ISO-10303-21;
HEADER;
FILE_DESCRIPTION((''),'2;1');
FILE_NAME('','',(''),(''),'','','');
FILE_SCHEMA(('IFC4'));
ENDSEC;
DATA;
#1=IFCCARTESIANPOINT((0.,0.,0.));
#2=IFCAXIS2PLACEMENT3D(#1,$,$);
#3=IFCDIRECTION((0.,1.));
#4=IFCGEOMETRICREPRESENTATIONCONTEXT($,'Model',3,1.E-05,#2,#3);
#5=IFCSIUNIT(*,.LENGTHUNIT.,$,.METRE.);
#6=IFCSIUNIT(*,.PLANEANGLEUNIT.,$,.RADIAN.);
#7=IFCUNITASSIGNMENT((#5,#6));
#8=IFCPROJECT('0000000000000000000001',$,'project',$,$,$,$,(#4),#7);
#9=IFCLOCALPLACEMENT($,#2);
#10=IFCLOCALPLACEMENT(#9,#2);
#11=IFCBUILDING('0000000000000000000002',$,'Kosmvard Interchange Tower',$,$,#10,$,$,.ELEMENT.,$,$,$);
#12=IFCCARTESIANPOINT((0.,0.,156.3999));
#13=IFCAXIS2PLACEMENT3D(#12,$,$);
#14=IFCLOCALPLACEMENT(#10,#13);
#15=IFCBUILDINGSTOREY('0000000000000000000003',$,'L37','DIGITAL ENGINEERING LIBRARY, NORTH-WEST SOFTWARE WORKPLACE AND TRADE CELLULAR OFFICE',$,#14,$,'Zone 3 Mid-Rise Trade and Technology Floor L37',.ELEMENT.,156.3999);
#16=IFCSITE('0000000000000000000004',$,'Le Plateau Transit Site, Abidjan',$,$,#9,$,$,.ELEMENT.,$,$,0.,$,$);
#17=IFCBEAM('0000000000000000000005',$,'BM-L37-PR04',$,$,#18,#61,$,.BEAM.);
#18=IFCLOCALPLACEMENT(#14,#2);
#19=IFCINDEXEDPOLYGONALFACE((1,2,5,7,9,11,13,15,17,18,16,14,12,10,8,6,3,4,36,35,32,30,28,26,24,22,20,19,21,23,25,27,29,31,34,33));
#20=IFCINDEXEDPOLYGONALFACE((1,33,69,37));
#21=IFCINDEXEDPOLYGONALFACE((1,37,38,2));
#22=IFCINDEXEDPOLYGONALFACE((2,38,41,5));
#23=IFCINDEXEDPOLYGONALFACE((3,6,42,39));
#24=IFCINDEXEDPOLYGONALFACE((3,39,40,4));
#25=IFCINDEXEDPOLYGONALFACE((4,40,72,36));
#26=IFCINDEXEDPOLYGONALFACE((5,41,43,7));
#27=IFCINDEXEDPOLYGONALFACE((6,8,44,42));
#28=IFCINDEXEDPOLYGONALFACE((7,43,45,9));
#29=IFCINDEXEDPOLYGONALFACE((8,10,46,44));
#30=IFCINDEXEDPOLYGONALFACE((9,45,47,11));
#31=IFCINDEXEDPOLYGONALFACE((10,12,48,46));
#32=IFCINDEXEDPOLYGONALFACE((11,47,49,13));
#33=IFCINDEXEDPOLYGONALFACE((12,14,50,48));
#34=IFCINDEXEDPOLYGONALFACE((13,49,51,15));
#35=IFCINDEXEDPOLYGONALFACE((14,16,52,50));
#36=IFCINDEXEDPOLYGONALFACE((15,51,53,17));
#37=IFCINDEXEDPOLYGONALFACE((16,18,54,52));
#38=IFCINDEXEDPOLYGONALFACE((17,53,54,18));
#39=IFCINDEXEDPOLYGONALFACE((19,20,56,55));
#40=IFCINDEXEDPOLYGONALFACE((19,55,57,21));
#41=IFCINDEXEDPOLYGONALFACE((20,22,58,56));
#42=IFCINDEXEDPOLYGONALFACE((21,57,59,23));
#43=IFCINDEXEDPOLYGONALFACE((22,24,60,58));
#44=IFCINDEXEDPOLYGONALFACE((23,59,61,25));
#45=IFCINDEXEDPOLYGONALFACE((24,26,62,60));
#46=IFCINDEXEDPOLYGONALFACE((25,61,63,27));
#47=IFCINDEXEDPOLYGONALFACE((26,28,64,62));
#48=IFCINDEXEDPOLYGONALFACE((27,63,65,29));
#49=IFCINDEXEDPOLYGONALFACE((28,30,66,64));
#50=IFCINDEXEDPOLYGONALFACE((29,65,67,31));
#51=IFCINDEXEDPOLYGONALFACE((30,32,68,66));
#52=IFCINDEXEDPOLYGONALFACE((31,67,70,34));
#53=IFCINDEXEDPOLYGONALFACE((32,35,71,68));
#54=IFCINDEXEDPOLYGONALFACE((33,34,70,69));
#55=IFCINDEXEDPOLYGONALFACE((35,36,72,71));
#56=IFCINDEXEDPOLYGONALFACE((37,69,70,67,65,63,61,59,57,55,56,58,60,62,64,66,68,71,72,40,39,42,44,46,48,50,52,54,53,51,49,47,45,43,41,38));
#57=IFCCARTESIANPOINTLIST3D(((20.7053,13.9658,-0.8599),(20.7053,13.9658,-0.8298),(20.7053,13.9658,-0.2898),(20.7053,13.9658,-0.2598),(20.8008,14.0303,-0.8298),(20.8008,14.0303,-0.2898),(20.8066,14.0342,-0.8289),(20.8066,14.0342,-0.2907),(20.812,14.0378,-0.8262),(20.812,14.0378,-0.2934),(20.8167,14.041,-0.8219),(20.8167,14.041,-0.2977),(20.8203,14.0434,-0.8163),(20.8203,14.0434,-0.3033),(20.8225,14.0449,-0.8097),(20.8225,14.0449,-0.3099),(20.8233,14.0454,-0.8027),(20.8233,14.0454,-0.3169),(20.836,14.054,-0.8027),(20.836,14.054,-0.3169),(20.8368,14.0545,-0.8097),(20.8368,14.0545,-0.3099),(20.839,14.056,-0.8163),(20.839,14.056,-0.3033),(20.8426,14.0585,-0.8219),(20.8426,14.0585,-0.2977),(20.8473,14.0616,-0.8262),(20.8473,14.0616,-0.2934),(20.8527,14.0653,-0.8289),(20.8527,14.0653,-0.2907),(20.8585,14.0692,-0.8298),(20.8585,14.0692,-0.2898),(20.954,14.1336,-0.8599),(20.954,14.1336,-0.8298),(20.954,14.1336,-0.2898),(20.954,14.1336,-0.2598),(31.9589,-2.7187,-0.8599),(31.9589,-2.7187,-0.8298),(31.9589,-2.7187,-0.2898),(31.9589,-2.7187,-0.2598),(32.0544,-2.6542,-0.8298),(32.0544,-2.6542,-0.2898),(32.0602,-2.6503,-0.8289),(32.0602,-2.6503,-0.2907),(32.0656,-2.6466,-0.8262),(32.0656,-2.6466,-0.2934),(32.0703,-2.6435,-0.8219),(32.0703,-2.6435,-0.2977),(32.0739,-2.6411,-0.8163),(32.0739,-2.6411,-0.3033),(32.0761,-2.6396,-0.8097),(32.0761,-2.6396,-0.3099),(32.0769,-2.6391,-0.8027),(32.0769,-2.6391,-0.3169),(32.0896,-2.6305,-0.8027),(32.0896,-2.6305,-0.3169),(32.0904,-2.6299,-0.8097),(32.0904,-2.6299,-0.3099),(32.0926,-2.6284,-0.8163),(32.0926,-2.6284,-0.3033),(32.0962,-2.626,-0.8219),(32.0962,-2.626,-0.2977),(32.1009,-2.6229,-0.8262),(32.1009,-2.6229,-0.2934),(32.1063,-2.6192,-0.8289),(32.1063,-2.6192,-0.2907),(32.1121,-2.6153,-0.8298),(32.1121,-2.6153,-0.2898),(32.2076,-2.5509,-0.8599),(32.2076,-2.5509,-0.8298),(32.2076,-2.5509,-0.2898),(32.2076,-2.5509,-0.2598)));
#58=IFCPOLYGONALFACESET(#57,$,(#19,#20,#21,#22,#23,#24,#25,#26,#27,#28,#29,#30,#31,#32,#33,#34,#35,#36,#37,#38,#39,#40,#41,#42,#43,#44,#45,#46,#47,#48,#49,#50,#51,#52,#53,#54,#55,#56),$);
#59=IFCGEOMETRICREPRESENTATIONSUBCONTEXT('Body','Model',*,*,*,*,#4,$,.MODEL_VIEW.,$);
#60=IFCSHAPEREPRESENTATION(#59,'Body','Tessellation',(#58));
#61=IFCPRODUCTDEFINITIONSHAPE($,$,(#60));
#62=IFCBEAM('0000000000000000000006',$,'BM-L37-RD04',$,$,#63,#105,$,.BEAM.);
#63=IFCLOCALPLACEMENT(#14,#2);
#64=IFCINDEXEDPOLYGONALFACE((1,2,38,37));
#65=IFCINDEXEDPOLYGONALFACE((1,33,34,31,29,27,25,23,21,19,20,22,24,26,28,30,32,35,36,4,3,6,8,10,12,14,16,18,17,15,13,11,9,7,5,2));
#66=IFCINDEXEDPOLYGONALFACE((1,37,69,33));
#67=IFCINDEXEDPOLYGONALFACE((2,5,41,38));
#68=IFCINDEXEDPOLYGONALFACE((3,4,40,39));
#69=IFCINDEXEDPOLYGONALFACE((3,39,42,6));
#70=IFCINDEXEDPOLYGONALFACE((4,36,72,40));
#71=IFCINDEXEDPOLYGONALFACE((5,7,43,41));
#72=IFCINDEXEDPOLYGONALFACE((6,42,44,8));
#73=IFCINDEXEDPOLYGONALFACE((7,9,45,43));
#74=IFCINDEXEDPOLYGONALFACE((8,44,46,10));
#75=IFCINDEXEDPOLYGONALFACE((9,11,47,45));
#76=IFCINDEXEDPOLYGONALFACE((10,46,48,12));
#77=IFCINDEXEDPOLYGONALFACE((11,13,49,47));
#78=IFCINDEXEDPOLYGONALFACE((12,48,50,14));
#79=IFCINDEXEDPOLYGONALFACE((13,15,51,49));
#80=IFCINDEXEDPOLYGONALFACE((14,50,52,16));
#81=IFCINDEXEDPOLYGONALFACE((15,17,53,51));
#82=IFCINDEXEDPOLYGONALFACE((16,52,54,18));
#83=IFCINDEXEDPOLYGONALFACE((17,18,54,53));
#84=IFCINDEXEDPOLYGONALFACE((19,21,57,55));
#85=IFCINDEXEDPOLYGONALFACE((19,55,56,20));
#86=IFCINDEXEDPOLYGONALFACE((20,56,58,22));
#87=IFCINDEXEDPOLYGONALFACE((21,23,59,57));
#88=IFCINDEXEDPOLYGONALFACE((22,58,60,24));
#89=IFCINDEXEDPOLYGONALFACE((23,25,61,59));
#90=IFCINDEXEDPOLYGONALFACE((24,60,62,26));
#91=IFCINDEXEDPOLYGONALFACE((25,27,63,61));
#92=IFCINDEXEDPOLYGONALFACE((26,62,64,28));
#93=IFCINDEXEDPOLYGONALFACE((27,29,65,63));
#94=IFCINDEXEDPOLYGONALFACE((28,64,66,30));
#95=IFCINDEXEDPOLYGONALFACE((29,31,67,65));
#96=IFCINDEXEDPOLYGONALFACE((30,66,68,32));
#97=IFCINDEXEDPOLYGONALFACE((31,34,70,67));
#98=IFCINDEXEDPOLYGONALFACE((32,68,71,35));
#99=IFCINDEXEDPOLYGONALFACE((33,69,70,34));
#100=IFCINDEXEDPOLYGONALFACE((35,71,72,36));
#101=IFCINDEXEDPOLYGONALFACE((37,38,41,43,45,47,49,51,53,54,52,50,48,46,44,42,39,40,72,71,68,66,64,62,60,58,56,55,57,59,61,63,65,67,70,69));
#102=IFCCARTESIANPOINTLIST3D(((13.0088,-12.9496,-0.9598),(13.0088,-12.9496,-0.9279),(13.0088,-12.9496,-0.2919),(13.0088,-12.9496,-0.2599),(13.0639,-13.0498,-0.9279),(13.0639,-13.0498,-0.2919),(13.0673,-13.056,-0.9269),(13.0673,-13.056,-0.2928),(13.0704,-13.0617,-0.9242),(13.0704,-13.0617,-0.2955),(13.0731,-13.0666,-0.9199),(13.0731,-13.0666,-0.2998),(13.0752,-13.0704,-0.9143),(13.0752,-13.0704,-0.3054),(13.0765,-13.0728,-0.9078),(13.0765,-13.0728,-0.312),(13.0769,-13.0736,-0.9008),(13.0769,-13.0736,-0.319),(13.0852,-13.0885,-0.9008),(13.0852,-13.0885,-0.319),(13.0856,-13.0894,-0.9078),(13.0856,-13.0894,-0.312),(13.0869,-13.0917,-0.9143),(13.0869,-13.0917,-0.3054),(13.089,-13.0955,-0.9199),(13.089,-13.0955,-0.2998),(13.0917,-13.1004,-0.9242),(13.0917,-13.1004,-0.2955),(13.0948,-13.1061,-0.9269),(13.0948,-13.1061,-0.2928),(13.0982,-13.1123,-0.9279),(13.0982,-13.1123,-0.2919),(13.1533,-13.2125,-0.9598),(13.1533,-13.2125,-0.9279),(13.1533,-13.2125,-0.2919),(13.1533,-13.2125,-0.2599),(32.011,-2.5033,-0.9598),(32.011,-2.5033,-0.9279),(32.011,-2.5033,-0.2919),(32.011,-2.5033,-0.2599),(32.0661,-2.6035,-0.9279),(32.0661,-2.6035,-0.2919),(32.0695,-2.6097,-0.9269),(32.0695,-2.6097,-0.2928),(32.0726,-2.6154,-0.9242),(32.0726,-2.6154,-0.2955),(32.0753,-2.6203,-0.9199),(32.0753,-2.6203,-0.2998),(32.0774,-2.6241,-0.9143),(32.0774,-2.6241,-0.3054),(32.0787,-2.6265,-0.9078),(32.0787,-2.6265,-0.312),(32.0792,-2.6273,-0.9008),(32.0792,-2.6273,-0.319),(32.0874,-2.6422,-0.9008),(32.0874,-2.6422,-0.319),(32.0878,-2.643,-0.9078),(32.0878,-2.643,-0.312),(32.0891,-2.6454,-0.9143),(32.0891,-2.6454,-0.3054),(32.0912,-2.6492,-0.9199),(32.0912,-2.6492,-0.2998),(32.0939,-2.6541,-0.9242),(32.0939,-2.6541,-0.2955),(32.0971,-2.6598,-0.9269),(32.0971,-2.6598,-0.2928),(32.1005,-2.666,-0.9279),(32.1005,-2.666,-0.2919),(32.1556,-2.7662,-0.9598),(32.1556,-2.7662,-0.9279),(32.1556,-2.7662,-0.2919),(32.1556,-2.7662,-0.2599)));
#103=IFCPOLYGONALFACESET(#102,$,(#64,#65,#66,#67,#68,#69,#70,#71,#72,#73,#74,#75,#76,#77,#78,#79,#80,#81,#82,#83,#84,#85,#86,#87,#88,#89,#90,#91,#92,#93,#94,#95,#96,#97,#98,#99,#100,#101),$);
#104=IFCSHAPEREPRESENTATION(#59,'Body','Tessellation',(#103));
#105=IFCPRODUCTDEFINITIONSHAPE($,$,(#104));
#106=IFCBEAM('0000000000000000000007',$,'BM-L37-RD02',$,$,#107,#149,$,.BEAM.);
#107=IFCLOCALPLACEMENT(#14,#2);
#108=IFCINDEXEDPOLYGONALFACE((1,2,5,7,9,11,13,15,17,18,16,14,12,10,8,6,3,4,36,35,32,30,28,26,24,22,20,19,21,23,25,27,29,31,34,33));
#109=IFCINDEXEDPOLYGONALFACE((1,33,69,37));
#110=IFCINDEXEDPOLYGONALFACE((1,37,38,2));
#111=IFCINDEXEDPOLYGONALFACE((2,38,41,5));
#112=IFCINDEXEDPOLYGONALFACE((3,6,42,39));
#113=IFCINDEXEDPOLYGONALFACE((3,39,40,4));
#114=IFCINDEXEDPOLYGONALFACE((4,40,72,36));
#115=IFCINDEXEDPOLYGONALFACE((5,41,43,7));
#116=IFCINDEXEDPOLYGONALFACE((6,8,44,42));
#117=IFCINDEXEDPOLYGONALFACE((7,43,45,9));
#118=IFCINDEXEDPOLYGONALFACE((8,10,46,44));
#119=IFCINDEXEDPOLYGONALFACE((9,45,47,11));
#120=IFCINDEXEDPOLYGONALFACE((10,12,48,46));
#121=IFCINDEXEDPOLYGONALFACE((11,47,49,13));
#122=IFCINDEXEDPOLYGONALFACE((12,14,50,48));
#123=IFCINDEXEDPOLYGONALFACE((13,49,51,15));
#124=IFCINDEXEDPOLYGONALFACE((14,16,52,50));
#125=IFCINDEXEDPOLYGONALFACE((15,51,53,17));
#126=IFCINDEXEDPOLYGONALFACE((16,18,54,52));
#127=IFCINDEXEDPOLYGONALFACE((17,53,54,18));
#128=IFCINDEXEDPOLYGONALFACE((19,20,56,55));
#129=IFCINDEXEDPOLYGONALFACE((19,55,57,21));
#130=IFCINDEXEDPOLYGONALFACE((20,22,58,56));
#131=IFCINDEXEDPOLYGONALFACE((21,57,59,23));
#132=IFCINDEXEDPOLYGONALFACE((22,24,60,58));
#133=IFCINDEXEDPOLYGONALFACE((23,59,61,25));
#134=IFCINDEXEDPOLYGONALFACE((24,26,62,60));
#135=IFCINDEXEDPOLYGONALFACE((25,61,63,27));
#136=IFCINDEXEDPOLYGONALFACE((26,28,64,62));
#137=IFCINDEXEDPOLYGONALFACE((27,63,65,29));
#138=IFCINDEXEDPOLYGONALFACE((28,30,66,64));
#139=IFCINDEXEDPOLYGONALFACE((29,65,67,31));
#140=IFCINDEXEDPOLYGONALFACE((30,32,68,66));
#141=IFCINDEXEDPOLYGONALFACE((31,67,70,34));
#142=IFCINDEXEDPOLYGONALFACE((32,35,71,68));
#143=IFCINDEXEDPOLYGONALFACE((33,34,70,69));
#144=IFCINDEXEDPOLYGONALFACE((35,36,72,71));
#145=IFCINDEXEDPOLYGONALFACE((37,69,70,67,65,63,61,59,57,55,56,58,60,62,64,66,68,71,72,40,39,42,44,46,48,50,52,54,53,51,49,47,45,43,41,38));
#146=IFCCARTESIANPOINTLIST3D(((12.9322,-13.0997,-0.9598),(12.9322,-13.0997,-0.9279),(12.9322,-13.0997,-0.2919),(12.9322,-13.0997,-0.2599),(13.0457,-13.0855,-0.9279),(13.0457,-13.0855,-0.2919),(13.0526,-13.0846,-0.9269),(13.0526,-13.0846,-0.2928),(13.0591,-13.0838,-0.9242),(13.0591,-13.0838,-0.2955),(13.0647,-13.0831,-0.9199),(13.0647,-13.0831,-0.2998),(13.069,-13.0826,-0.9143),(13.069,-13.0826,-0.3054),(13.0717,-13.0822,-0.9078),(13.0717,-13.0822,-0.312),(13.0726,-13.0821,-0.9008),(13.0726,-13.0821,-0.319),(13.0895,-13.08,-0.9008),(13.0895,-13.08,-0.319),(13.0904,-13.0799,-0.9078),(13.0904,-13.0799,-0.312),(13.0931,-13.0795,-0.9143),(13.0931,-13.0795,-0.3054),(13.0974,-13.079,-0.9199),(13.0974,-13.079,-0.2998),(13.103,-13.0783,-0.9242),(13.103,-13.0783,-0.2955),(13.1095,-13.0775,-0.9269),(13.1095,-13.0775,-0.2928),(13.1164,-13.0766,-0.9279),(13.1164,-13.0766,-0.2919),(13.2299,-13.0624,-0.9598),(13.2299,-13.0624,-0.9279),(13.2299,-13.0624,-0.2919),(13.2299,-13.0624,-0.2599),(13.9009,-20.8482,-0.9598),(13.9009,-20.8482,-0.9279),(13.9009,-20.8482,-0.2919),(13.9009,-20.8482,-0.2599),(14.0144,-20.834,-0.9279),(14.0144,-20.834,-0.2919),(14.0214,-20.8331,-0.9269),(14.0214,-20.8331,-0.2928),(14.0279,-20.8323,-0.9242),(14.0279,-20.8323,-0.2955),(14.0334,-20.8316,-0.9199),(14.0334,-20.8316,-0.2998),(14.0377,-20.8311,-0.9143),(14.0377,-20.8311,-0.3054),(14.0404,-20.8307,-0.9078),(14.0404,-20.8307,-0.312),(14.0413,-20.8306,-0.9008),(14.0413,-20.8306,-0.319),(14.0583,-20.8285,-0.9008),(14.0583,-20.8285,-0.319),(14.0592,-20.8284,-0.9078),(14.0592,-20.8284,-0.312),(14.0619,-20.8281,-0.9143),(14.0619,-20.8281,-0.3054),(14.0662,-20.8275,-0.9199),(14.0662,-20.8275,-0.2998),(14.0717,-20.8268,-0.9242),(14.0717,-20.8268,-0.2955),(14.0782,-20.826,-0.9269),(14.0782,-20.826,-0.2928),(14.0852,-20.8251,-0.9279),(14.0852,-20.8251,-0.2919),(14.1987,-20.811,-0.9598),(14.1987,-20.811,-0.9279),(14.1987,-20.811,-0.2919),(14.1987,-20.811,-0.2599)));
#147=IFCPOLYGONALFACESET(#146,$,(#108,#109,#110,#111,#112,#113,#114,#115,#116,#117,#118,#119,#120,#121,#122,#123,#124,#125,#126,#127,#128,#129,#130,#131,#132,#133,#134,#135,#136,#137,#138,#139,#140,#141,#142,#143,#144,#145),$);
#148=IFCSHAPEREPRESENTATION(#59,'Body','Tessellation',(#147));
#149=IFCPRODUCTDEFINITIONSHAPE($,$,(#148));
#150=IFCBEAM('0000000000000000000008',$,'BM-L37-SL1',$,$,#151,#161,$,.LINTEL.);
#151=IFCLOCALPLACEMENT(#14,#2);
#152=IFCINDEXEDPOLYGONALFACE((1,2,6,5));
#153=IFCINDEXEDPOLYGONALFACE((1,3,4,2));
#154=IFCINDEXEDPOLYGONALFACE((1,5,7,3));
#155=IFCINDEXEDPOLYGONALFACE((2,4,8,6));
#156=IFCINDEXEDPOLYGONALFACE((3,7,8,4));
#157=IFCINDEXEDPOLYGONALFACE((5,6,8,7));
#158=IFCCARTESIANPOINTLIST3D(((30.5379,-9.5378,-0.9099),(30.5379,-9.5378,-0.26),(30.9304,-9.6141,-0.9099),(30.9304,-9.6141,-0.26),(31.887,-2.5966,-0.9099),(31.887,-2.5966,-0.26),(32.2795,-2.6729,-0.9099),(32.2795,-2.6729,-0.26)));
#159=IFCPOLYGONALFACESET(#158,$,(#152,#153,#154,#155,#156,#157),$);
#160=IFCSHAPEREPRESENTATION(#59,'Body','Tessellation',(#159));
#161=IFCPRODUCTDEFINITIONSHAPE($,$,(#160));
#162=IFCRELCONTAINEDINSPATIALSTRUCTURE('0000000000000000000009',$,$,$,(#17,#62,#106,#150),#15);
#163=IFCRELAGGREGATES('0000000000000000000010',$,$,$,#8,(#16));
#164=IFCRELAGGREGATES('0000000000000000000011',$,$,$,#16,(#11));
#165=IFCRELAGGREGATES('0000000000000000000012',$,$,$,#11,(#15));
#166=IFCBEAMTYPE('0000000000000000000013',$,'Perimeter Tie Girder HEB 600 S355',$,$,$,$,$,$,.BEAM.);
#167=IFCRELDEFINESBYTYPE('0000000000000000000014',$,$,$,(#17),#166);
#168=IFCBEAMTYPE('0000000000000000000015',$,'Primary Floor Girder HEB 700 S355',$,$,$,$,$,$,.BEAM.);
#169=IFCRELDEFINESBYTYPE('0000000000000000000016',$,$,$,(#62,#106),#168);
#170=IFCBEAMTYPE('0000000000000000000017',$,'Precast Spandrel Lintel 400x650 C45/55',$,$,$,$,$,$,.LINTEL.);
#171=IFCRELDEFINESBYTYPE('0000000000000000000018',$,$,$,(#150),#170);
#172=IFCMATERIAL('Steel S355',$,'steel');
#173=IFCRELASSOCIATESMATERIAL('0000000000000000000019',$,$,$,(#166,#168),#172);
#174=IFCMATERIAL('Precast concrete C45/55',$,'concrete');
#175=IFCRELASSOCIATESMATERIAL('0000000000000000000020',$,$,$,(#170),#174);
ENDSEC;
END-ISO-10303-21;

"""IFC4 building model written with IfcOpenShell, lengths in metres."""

from ifc_helpers import new_model, si_unit, direction, frame, origin, origin_2d, place, context, subcontext, project, spatial, rectangle, i_section, extrude, source, transform, mapped, material, material_profile, profile_set, type_object, element, save


model = new_model("IFC4")

# Units and contexts
model_context = context("Model", 3, precision=1e-05, world=origin(), true_north=direction((0.0, 1.0)))
body_context = subcontext(model_context, "Body", "Model", "MODEL_VIEW")
ifc_project = project(units=[si_unit("LENGTHUNIT", "METRE"), si_unit("PLANEANGLEUNIT", "RADIAN")], contexts=[model_context])

# Site, building, storey
site_placement = place(None, origin())
site = spatial("IfcSite", under=ifc_project, at=site_placement, Name="Le Plateau Transit Site, Abidjan", CompositionType="ELEMENT", RefElevation=0.0)
building_placement = place(site_placement, origin())
building = spatial("IfcBuilding", under=site, at=building_placement, Name="Kosmvard Interchange Tower", CompositionType="ELEMENT")
storey_placement = place(building_placement, frame((0.0, 0.0, 156.3999)))
storey = spatial("IfcBuildingStorey", under=building, at=storey_placement, Name="L37", Description="DIGITAL ENGINEERING LIBRARY, NORTH-WEST SOFTWARE WORKPLACE AND TRADE CELLULAR OFFICE", LongName="Zone 3 Mid-Rise Trade and Technology Floor L37", CompositionType="ELEMENT", Elevation=156.3999)

# Beams
ifc_material_1 = material(Name="Steel S355", Category="steel")
ifc_material_profile_1 = material_profile(ifc_material_1, i_section(OverallWidth=0.3, OverallDepth=0.6001, WebThickness=0.0154, FlangeThickness=0.03, FilletRadius=0.0271, at=origin_2d()), Name="HEB 600")
ifc_profile_set_1 = profile_set([ifc_material_profile_1], Name="Steel S355")
beam_type_1 = type_object("IfcBeamType", Name="Perimeter Tie Girder HEB 600 S355", PredefinedType="BEAM", material=ifc_profile_set_1)
shared_shape_1 = source(origin(), body_context, "Body", "SweptSolid", [
    extrude(i_section(OverallWidth=0.3, OverallDepth=0.6001, WebThickness=0.0154, FlangeThickness=0.03, FilletRadius=0.0271, at=origin_2d()), origin(), (0.0, 0.0, 1.0), 20.125),
])
for number, where, z_axis, x_axis, name in (
    (1, (32.0833, -2.6348, -0.5598), (-0.559185, 0.829043, 0.0), (-0.829043, -0.559185, 0.0), "BM-L37-PR04"),
):
    element("IfcBeam", number, at=place(storey_placement, frame(where, z_axis=z_axis, x_axis=x_axis)), inside=storey, type_object=beam_type_1, Name=name, PredefinedType="BEAM", context=body_context, shape_type="MappedRepresentation", body=[
        mapped(shared_shape_1, transform((0.0, 0.0, 0.0), scale=1.0)),
    ])
ifc_material_profile_2 = material_profile(ifc_material_1, i_section(OverallWidth=0.3, OverallDepth=0.7, WebThickness=0.0171, FlangeThickness=0.032, FilletRadius=0.0271, at=origin_2d()), Name="HEB 700")
ifc_profile_set_2 = profile_set([ifc_material_profile_2], Name="Steel S355")
beam_type_2 = type_object("IfcBeamType", Name="Primary Floor Girder HEB 700 S355", PredefinedType="BEAM", material=ifc_profile_set_2)
shared_shape_2 = source(origin(), body_context, "Body", "SweptSolid", [
    extrude(i_section(OverallWidth=0.3, OverallDepth=0.7, WebThickness=0.0171, FlangeThickness=0.032, FilletRadius=0.0271, at=origin_2d()), origin(), (0.0, 0.0, 1.0), 21.6843),
])
beam_1_placement = place(storey_placement, frame((13.0811, -13.0811, -0.6099), z_axis=(0.876312, 0.481745, 0.0), x_axis=(-0.481745, 0.876312, 0.0)))
element("IfcBeam", 2, at=beam_1_placement, inside=storey, type_object=beam_type_2, Name="BM-L37-RD04", PredefinedType="BEAM", context=body_context, shape_type="MappedRepresentation", body=[
    mapped(shared_shape_2, transform((0.0, 0.0, 0.0), scale=1.0)),
])
shared_shape_3 = source(origin(), body_context, "Body", "SweptSolid", [
    extrude(i_section(OverallWidth=0.3, OverallDepth=0.7, WebThickness=0.0171, FlangeThickness=0.032, FilletRadius=0.0271, at=origin_2d()), origin(), (0.0, 0.0, 1.0), 7.8088),
])
beam_2_placement = place(storey_placement, frame((13.0811, -13.0811, -0.6099), z_axis=(0.124058, -0.992275, 0.0), x_axis=(0.992275, 0.124058, 0.0)))
element("IfcBeam", 3, at=beam_2_placement, inside=storey, type_object=beam_type_2, Name="BM-L37-RD02", PredefinedType="BEAM", context=body_context, shape_type="MappedRepresentation", body=[
    mapped(shared_shape_3, transform((0.0, 0.0, 0.0), scale=1.0)),
])
ifc_material_2 = material(Name="Precast concrete C45/55", Category="concrete")
ifc_material_profile_3 = material_profile(ifc_material_2, rectangle(XDim=0.3999, YDim=0.6499, at=origin_2d()), Name="SL 400x650")
ifc_profile_set_3 = profile_set([ifc_material_profile_3], Name="Precast concrete C45/55")
beam_type_3 = type_object("IfcBeamType", Name="Precast Spandrel Lintel 400x650 C45/55", PredefinedType="LINTEL", material=ifc_profile_set_3)
shared_shape_4 = source(origin(), body_context, "Body", "SweptSolid", [
    extrude(rectangle(XDim=0.3999, YDim=0.6499, at=origin_2d()), origin(), (0.0, 0.0, 1.0), 7.071),
])
beam_3_placement = place(storey_placement, frame((30.7341, -9.5759, -0.585), z_axis=(0.190795, 0.98163, 0.0), x_axis=(-0.98163, 0.190795, 0.0)))
element("IfcBeam", 4, at=beam_3_placement, inside=storey, type_object=beam_type_3, Name="BM-L37-SL1", PredefinedType="LINTEL", context=body_context, shape_type="MappedRepresentation", body=[
    mapped(shared_shape_4, transform((0.0, 0.0, 0.0), scale=1.0)),
])

save(model, "model.ifc")
